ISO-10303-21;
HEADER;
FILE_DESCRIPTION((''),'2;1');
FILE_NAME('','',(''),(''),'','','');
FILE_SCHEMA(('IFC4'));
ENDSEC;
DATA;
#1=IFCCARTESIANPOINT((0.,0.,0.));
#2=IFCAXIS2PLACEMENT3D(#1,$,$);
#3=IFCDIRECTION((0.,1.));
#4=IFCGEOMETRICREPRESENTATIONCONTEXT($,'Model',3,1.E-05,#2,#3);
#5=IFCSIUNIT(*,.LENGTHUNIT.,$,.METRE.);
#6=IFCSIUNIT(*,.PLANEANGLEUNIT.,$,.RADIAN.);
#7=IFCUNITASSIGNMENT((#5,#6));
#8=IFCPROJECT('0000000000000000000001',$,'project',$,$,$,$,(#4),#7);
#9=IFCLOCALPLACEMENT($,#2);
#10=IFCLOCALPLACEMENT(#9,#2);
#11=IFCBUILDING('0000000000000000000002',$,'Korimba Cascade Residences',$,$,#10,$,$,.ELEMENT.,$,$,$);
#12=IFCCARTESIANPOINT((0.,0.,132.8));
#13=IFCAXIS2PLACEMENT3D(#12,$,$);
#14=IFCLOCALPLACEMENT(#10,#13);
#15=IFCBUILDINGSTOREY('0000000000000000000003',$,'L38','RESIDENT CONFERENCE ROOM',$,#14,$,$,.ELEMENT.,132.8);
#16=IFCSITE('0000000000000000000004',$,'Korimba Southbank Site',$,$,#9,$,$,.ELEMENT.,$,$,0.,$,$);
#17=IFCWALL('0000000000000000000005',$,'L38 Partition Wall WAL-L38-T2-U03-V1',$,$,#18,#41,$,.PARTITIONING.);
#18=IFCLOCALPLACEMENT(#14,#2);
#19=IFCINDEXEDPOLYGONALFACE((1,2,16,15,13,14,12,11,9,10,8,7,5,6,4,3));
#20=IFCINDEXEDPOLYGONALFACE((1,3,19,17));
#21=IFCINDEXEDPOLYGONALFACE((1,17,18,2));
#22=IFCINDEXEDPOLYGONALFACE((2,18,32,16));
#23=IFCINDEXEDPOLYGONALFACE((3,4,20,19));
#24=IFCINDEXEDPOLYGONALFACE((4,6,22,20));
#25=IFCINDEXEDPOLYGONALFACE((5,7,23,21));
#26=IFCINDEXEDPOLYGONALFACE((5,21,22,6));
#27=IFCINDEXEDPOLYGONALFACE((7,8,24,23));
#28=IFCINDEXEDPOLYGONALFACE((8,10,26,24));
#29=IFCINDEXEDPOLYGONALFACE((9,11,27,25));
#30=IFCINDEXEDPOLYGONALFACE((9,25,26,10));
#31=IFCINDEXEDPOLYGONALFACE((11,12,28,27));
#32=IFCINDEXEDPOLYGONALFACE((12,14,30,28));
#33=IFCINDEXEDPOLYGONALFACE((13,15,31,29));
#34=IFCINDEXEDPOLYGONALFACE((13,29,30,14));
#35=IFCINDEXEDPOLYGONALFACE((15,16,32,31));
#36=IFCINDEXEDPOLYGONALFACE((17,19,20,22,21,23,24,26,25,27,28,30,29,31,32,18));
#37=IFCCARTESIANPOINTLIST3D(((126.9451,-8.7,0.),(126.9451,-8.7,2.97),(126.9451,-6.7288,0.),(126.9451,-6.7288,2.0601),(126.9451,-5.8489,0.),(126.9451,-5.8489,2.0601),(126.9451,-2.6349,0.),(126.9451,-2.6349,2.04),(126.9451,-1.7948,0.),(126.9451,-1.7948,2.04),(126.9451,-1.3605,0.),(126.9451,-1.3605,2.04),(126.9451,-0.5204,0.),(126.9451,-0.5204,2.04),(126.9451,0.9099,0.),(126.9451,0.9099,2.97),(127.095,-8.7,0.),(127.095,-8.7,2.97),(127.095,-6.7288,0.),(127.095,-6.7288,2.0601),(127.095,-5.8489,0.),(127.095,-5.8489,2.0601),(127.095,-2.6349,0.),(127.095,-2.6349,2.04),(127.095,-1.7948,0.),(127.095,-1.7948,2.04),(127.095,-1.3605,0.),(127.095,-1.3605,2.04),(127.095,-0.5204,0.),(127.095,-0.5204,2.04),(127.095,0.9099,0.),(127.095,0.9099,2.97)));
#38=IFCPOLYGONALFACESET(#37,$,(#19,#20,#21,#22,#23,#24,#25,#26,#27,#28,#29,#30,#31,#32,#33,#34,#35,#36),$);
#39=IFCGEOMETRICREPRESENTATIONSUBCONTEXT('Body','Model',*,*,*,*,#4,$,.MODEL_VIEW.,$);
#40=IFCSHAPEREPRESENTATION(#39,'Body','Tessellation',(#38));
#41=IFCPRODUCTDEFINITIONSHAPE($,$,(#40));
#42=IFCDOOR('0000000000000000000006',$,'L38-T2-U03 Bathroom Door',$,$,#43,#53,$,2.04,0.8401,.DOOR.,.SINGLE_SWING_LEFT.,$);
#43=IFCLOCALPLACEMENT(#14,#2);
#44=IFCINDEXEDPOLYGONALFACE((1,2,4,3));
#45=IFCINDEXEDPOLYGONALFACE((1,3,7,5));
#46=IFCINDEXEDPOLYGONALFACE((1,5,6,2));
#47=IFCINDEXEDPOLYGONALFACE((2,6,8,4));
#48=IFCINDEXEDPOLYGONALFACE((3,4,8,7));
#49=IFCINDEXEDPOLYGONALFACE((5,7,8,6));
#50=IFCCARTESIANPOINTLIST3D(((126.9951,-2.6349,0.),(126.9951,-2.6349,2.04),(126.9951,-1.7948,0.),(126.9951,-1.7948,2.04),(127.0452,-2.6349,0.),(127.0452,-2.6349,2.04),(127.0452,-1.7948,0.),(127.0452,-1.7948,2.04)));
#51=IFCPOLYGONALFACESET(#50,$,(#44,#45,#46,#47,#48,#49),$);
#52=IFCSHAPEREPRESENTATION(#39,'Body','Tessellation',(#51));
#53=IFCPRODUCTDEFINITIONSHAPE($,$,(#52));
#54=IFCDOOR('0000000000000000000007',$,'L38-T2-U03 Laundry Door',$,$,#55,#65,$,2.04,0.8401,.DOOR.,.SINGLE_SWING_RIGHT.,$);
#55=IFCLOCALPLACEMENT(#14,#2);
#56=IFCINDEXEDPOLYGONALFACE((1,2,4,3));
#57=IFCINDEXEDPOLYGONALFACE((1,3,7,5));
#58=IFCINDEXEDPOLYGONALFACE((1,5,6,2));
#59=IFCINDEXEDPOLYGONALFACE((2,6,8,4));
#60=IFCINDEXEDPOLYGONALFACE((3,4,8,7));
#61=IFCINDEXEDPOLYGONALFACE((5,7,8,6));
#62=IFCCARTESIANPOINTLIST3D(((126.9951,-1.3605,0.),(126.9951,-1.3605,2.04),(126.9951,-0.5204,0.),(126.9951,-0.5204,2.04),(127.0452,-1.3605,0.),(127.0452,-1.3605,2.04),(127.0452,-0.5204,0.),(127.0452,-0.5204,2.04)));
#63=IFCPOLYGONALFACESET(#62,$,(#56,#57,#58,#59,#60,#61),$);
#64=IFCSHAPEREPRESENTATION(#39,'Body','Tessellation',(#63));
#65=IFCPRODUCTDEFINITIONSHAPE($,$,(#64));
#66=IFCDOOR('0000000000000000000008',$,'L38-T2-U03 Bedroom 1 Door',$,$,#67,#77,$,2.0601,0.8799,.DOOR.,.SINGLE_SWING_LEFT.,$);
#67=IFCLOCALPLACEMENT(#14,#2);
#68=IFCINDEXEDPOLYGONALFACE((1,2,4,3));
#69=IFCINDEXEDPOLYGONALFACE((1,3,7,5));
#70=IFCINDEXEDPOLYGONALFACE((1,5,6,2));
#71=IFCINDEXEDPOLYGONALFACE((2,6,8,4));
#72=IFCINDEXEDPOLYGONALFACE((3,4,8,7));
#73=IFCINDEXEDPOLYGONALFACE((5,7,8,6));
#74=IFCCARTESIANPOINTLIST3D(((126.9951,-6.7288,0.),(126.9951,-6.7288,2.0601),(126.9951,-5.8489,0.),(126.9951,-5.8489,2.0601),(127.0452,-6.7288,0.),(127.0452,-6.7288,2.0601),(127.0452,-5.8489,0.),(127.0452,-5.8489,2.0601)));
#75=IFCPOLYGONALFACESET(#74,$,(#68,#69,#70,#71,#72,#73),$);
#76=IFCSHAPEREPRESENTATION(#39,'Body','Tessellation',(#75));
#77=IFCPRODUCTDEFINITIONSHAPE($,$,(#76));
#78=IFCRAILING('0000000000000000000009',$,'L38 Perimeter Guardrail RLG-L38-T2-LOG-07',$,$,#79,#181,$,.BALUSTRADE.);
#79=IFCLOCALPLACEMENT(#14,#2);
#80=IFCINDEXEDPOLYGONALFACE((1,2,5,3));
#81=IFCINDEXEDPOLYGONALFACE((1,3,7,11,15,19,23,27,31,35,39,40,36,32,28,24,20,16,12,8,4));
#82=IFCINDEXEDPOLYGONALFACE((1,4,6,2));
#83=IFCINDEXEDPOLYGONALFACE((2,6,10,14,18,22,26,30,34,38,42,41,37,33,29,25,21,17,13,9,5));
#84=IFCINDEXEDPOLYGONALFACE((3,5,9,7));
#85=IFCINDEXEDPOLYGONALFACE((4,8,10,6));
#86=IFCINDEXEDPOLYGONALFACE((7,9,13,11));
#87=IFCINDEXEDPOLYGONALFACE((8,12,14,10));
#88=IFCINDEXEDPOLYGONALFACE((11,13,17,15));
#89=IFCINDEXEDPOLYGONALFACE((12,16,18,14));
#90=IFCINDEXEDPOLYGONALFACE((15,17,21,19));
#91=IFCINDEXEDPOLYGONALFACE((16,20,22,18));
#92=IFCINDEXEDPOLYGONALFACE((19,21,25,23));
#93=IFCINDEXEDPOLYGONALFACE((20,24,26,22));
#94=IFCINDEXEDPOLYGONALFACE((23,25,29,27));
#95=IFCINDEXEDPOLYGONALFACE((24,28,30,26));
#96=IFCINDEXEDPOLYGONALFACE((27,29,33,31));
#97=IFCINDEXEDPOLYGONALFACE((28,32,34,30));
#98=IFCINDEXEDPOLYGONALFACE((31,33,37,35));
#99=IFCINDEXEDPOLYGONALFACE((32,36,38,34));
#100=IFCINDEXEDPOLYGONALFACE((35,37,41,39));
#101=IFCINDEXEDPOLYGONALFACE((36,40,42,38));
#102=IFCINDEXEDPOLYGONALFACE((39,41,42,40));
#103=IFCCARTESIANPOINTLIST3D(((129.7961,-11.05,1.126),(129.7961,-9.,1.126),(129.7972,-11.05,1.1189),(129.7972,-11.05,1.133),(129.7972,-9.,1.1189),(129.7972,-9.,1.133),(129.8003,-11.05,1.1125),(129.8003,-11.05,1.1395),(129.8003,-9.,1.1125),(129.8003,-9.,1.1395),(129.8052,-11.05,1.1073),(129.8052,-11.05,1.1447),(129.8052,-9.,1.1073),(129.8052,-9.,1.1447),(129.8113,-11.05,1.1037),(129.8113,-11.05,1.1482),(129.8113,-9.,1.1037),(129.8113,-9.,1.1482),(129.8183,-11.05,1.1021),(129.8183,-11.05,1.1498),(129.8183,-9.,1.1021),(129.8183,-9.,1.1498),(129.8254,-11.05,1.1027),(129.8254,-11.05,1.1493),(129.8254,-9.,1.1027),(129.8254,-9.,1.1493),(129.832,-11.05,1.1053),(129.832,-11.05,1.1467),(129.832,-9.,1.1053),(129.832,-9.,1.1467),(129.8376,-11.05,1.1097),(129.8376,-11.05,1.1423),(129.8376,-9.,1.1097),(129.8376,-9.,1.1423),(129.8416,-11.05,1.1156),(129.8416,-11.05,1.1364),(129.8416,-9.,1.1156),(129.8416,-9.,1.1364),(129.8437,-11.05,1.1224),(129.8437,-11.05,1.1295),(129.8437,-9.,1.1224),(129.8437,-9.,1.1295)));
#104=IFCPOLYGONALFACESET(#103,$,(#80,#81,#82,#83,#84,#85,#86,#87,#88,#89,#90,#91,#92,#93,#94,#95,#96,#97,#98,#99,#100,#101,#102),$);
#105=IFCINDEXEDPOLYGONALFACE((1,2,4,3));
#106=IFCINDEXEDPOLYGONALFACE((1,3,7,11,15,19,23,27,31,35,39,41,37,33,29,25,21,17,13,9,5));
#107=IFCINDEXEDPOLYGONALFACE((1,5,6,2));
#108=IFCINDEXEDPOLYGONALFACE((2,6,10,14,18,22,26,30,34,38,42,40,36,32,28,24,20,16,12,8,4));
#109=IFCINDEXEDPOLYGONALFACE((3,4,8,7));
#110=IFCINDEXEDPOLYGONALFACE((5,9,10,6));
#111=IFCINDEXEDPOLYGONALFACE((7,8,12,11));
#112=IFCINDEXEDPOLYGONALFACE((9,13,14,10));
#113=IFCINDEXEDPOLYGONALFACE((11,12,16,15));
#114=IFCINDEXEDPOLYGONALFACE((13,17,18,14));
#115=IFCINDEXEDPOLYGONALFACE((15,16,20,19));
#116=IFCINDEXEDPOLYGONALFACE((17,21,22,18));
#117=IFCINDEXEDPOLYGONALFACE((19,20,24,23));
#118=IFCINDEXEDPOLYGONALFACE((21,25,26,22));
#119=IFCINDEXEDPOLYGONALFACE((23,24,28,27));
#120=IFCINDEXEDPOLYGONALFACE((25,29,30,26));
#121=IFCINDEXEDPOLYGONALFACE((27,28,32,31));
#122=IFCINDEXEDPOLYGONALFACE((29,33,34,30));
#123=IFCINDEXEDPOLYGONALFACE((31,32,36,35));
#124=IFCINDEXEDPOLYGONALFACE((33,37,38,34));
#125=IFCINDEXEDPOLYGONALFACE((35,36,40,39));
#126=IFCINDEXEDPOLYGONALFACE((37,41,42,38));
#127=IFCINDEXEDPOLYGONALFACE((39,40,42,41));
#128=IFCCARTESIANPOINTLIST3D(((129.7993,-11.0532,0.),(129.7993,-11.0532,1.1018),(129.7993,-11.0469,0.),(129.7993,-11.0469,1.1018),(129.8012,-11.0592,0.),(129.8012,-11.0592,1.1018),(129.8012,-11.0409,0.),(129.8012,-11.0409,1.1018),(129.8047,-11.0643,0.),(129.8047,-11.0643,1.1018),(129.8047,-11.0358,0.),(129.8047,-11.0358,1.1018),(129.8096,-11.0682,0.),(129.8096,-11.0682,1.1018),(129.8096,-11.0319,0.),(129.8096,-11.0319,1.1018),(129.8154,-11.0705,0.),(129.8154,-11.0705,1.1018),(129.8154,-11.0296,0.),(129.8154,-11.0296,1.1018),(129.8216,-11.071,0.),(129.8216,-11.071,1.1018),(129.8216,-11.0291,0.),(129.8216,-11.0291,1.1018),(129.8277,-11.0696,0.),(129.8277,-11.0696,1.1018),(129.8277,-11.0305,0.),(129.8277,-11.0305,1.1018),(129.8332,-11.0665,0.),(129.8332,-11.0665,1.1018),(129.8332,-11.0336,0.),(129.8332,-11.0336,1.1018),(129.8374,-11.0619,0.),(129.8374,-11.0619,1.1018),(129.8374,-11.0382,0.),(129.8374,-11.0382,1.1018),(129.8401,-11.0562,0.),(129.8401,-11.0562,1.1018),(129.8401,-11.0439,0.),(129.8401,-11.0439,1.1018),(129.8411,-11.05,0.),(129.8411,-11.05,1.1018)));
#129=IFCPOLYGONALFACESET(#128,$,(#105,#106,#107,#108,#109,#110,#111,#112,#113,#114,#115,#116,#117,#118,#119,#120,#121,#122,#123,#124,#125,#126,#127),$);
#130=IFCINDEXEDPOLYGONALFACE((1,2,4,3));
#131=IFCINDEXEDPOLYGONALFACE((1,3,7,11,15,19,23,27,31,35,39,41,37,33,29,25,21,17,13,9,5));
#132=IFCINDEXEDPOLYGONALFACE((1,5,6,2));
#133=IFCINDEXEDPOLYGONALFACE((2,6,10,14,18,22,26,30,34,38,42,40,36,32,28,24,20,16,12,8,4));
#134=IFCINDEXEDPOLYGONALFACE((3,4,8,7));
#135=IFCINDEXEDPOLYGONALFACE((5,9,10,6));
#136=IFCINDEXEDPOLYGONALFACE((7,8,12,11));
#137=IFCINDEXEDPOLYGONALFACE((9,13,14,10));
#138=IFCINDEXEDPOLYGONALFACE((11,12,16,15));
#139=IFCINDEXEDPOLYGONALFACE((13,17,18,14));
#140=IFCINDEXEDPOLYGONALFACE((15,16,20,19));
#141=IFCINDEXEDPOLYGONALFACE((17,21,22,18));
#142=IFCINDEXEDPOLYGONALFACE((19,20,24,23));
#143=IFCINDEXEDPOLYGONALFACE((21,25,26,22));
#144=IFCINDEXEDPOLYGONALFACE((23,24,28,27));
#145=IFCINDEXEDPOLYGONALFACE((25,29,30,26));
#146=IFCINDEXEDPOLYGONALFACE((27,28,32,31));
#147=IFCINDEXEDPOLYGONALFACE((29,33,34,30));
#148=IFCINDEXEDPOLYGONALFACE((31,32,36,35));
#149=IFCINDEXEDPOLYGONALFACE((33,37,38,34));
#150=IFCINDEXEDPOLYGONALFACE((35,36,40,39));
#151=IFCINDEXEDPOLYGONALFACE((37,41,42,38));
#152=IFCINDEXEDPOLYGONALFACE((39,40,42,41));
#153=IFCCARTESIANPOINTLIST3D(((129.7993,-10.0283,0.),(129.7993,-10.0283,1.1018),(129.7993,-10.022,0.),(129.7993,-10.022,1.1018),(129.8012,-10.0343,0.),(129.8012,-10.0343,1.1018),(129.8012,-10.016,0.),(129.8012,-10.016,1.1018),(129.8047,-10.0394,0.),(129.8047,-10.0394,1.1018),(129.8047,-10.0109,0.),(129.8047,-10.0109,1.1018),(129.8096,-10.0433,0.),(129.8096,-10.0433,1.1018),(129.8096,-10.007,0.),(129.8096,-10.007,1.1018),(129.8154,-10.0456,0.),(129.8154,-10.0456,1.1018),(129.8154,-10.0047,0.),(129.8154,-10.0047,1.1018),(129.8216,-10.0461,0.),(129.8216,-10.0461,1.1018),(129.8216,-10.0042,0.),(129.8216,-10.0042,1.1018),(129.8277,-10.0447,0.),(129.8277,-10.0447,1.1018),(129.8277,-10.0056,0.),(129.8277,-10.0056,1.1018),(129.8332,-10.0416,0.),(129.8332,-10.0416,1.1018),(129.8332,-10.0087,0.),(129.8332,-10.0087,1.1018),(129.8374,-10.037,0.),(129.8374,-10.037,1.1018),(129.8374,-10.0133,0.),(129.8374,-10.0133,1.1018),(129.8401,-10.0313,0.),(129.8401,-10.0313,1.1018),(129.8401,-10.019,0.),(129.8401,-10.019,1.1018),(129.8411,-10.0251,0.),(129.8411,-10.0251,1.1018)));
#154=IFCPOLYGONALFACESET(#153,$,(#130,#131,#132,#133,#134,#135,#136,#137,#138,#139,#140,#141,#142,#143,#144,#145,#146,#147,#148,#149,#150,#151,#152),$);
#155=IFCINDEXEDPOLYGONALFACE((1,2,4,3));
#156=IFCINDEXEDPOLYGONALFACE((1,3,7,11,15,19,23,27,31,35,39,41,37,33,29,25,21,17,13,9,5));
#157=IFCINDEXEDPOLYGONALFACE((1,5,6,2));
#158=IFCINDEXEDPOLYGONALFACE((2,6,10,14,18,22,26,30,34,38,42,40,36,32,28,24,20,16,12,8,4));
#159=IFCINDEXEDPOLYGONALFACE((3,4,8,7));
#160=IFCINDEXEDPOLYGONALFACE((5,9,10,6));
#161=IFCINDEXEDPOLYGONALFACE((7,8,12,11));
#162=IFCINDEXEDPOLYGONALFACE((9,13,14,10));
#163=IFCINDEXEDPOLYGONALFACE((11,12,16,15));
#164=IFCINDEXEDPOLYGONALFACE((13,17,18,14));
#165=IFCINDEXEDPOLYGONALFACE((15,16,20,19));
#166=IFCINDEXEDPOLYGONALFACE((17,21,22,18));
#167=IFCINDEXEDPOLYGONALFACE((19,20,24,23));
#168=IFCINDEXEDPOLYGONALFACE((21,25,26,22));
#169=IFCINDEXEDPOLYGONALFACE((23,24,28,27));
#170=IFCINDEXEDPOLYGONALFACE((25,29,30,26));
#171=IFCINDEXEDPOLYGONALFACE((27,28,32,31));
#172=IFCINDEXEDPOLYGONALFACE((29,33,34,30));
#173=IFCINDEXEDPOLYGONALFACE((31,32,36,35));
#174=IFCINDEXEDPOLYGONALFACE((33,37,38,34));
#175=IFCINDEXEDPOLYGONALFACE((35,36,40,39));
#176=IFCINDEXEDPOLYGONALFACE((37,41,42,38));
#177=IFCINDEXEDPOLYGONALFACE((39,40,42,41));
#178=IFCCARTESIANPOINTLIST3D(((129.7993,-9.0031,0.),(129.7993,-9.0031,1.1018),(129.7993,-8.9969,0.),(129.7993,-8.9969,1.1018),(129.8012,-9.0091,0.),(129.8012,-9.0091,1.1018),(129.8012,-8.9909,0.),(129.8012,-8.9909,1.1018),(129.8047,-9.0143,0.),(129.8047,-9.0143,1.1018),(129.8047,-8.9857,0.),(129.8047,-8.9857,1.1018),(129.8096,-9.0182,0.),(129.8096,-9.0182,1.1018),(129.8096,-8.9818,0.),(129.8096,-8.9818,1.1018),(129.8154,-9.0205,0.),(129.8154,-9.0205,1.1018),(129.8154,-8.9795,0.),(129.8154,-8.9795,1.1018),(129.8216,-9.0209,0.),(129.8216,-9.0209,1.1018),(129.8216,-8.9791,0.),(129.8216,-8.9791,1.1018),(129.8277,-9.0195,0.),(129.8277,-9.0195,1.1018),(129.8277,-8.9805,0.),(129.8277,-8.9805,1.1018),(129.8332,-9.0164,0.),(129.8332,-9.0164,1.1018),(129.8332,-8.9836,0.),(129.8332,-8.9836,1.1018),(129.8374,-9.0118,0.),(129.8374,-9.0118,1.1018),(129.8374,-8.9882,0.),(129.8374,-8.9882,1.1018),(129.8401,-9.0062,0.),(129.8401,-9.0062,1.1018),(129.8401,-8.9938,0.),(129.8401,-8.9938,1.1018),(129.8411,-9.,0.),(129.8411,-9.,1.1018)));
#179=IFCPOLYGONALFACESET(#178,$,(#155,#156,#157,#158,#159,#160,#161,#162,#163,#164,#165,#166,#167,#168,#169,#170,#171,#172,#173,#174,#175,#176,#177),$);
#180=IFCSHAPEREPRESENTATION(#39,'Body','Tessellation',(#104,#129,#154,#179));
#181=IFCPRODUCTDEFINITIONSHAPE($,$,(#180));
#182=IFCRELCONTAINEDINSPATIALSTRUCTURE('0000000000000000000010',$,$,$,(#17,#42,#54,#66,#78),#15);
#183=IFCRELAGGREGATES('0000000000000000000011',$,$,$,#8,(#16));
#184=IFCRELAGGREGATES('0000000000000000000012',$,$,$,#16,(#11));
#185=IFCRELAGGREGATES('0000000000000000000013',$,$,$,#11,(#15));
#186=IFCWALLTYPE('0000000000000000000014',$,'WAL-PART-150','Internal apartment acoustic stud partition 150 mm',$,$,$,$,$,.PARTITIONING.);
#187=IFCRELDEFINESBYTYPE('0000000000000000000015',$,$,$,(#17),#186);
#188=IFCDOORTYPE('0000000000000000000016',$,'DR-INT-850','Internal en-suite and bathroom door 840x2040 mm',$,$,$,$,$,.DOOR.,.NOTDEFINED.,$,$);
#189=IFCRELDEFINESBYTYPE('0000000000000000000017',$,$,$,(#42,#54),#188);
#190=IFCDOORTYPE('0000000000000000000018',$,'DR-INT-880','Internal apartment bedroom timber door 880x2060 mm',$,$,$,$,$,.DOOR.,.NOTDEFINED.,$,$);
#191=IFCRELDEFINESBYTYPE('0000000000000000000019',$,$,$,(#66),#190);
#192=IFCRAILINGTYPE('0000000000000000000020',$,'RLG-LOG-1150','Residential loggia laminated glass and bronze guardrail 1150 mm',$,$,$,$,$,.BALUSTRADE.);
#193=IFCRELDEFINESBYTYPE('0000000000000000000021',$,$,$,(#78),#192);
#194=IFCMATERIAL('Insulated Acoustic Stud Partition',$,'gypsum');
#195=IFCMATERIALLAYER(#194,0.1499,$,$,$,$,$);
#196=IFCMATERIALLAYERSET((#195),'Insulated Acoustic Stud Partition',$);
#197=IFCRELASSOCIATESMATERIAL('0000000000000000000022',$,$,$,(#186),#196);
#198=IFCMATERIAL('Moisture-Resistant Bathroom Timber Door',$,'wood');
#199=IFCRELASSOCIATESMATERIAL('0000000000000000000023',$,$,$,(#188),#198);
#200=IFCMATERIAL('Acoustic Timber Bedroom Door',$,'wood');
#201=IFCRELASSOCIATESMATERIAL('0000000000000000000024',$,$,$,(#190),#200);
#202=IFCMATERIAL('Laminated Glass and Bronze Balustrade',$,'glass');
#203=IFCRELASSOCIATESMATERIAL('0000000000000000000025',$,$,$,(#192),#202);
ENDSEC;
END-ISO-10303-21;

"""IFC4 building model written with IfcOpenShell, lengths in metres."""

from ifc_helpers import new_model, si_unit, direction, frame, frame_2d, origin, origin_2d, place, context, subcontext, project, spatial, rectangle, circle, extrude, material, layer, layer_set, type_object, element, fill, save


model = new_model("IFC4")

# Units and contexts
model_context = context("Model", 3, precision=1e-05, world=origin(), true_north=direction((0.0, 1.0)))
body_context = subcontext(model_context, "Body", "Model", "MODEL_VIEW")
ifc_project = project(units=[si_unit("LENGTHUNIT", "METRE"), si_unit("PLANEANGLEUNIT", "RADIAN")], contexts=[model_context])

# Site, building, storey
site_placement = place(None, origin())
site = spatial("IfcSite", under=ifc_project, at=site_placement, Name="Korimba Southbank Site", CompositionType="ELEMENT", RefElevation=0.0)
building_placement = place(site_placement, origin())
building = spatial("IfcBuilding", under=site, at=building_placement, Name="Korimba Cascade Residences", CompositionType="ELEMENT")
storey_placement = place(building_placement, frame((0.0, 0.0, 132.8)))
storey = spatial("IfcBuildingStorey", under=building, at=storey_placement, Name="L38", Description="RESIDENT CONFERENCE ROOM", CompositionType="ELEMENT", Elevation=132.8)

# Shared definitions
ifc_material_1 = material(Name="Insulated Acoustic Stud Partition", Category="gypsum")
ifc_layer_1 = layer(ifc_material_1, 0.1499)
ifc_layer_set_1 = layer_set([ifc_layer_1], Name="Insulated Acoustic Stud Partition")
wall_type_1 = type_object("IfcWallType", Name="WAL-PART-150", Description="Internal apartment acoustic stud partition 150 mm", PredefinedType="PARTITIONING", material=ifc_layer_set_1)
ifc_material_2 = material(Name="Moisture-Resistant Bathroom Timber Door", Category="wood")
door_type_1 = type_object("IfcDoorType", Name="DR-INT-850", Description="Internal en-suite and bathroom door 840x2040 mm", OperationType="NOTDEFINED", PredefinedType="DOOR", material=ifc_material_2)

# Wall, openings, doors
wall_1_placement = place(storey_placement, frame((127.02, -8.7, 0.0), z_axis=(0.0, 0.0, 1.0), x_axis=(0.0, 1.0, 0.0)))
wall_1 = element("IfcWall", 1, at=wall_1_placement, inside=storey, type_object=wall_type_1, Name="L38 Partition Wall WAL-L38-T2-U03-V1", PredefinedType="PARTITIONING", context=body_context, shape_type="SweptSolid", body=[
    extrude(rectangle(XDim=9.6099, YDim=0.1499, at=frame_2d((4.8049, 0.0))), origin(), (0.0, 0.0, 1.0), 2.97),
])
opening_1_placement = place(wall_1_placement, frame((6.0652, 0.0, 0.0)))
opening_1 = element("IfcOpeningElement", 2, at=opening_1_placement, cuts=wall_1, PredefinedType="OPENING", context=body_context, shape_type="SweptSolid", body=[
    extrude(rectangle(XDim=0.8401, YDim=2.04, at=frame_2d((0.4199, 1.02))), frame((0.0, 0.085, 0.0), z_axis=(0.0, -1.0, 0.0), x_axis=(1.0, 0.0, 0.0)), (0.0, 0.0, 1.0), 0.1699),
])
opening_2_placement = place(wall_1_placement, frame((7.3396, 0.0, 0.0)))
opening_2 = element("IfcOpeningElement", 3, at=opening_2_placement, cuts=wall_1, PredefinedType="OPENING", context=body_context, shape_type="SweptSolid", body=[
    extrude(rectangle(XDim=0.8401, YDim=2.04, at=frame_2d((0.4199, 1.02))), frame((0.0, 0.085, 0.0), z_axis=(0.0, -1.0, 0.0), x_axis=(1.0, 0.0, 0.0)), (0.0, 0.0, 1.0), 0.1699),
])
opening_3_placement = place(wall_1_placement, frame((1.9712, 0.0, 0.0)))
opening_3 = element("IfcOpeningElement", 4, at=opening_3_placement, cuts=wall_1, PredefinedType="OPENING", context=body_context, shape_type="SweptSolid", body=[
    extrude(rectangle(XDim=0.8799, YDim=2.0601, at=frame_2d((0.4399, 1.03))), frame((0.0, 0.085, 0.0), z_axis=(0.0, -1.0, 0.0), x_axis=(1.0, 0.0, 0.0)), (0.0, 0.0, 1.0), 0.1699),
])
door_1_placement = place(opening_1_placement, origin())
door_1 = element("IfcDoor", 5, at=door_1_placement, inside=storey, type_object=door_type_1, Name="L38-T2-U03 Bathroom Door", OperationType="SINGLE_SWING_LEFT", OverallHeight=2.04, OverallWidth=0.8401, PredefinedType="DOOR", context=body_context, shape_type="SweptSolid", body=[
    extrude(rectangle(XDim=0.8401, YDim=2.04, at=frame_2d((0.4199, 1.02))), frame((0.0, 0.0249, 0.0), z_axis=(0.0, -1.0, 0.0), x_axis=(1.0, 0.0, 0.0)), (0.0, 0.0, 1.0), 0.05),
])
fill(opening_1, door_1)
door_2_placement = place(opening_2_placement, origin())
door_2 = element("IfcDoor", 6, at=door_2_placement, inside=storey, type_object=door_type_1, Name="L38-T2-U03 Laundry Door", OperationType="SINGLE_SWING_RIGHT", OverallHeight=2.04, OverallWidth=0.8401, PredefinedType="DOOR", context=body_context, shape_type="SweptSolid", body=[
    extrude(rectangle(XDim=0.8401, YDim=2.04, at=frame_2d((0.4199, 1.02))), frame((0.0, 0.0249, 0.0), z_axis=(0.0, -1.0, 0.0), x_axis=(1.0, 0.0, 0.0)), (0.0, 0.0, 1.0), 0.05),
])
fill(opening_2, door_2)
ifc_material_3 = material(Name="Acoustic Timber Bedroom Door", Category="wood")
door_type_2 = type_object("IfcDoorType", Name="DR-INT-880", Description="Internal apartment bedroom timber door 880x2060 mm", OperationType="NOTDEFINED", PredefinedType="DOOR", material=ifc_material_3)
door_3_placement = place(opening_3_placement, origin())
door_3 = element("IfcDoor", 7, at=door_3_placement, inside=storey, type_object=door_type_2, Name="L38-T2-U03 Bedroom 1 Door", OperationType="SINGLE_SWING_LEFT", OverallHeight=2.0601, OverallWidth=0.8799, PredefinedType="DOOR", context=body_context, shape_type="SweptSolid", body=[
    extrude(rectangle(XDim=0.8799, YDim=2.0601, at=frame_2d((0.4399, 1.03))), frame((0.0, 0.0249, 0.0), z_axis=(0.0, -1.0, 0.0), x_axis=(1.0, 0.0, 0.0)), (0.0, 0.0, 1.0), 0.05),
])
fill(opening_3, door_3)

# Railing
ifc_material_4 = material(Name="Laminated Glass and Bronze Balustrade", Category="glass")
railing_type = type_object("IfcRailingType", Name="RLG-LOG-1150", Description="Residential loggia laminated glass and bronze guardrail 1150 mm", PredefinedType="BALUSTRADE", material=ifc_material_4)
railing_placement = place(storey_placement, frame((129.8201, -11.05, 0.0)))
element("IfcRailing", 8, at=railing_placement, inside=storey, type_object=railing_type, Name="L38 Perimeter Guardrail RLG-L38-T2-LOG-07", PredefinedType="BALUSTRADE", context=body_context, shape_type="SweptSolid", body=[
    extrude(circle(Radius=0.0239, at=origin_2d()), frame((0.0, 0.0, 1.126), z_axis=(0.0, 1.0, 0.0), x_axis=(-1.0, 0.0, 0.0)), (0.0, 0.0, 1.0), 2.05),
    extrude(circle(Radius=0.021, at=origin_2d()), origin(), (0.0, 0.0, 1.0), 1.1018),
    extrude(circle(Radius=0.021, at=origin_2d()), frame((0.0, 1.0249, 0.0)), (0.0, 0.0, 1.0), 1.1018),
    extrude(circle(Radius=0.021, at=origin_2d()), frame((0.0, 2.05, 0.0)), (0.0, 0.0, 1.0), 1.1018),
])

save(model, "model.ifc")
